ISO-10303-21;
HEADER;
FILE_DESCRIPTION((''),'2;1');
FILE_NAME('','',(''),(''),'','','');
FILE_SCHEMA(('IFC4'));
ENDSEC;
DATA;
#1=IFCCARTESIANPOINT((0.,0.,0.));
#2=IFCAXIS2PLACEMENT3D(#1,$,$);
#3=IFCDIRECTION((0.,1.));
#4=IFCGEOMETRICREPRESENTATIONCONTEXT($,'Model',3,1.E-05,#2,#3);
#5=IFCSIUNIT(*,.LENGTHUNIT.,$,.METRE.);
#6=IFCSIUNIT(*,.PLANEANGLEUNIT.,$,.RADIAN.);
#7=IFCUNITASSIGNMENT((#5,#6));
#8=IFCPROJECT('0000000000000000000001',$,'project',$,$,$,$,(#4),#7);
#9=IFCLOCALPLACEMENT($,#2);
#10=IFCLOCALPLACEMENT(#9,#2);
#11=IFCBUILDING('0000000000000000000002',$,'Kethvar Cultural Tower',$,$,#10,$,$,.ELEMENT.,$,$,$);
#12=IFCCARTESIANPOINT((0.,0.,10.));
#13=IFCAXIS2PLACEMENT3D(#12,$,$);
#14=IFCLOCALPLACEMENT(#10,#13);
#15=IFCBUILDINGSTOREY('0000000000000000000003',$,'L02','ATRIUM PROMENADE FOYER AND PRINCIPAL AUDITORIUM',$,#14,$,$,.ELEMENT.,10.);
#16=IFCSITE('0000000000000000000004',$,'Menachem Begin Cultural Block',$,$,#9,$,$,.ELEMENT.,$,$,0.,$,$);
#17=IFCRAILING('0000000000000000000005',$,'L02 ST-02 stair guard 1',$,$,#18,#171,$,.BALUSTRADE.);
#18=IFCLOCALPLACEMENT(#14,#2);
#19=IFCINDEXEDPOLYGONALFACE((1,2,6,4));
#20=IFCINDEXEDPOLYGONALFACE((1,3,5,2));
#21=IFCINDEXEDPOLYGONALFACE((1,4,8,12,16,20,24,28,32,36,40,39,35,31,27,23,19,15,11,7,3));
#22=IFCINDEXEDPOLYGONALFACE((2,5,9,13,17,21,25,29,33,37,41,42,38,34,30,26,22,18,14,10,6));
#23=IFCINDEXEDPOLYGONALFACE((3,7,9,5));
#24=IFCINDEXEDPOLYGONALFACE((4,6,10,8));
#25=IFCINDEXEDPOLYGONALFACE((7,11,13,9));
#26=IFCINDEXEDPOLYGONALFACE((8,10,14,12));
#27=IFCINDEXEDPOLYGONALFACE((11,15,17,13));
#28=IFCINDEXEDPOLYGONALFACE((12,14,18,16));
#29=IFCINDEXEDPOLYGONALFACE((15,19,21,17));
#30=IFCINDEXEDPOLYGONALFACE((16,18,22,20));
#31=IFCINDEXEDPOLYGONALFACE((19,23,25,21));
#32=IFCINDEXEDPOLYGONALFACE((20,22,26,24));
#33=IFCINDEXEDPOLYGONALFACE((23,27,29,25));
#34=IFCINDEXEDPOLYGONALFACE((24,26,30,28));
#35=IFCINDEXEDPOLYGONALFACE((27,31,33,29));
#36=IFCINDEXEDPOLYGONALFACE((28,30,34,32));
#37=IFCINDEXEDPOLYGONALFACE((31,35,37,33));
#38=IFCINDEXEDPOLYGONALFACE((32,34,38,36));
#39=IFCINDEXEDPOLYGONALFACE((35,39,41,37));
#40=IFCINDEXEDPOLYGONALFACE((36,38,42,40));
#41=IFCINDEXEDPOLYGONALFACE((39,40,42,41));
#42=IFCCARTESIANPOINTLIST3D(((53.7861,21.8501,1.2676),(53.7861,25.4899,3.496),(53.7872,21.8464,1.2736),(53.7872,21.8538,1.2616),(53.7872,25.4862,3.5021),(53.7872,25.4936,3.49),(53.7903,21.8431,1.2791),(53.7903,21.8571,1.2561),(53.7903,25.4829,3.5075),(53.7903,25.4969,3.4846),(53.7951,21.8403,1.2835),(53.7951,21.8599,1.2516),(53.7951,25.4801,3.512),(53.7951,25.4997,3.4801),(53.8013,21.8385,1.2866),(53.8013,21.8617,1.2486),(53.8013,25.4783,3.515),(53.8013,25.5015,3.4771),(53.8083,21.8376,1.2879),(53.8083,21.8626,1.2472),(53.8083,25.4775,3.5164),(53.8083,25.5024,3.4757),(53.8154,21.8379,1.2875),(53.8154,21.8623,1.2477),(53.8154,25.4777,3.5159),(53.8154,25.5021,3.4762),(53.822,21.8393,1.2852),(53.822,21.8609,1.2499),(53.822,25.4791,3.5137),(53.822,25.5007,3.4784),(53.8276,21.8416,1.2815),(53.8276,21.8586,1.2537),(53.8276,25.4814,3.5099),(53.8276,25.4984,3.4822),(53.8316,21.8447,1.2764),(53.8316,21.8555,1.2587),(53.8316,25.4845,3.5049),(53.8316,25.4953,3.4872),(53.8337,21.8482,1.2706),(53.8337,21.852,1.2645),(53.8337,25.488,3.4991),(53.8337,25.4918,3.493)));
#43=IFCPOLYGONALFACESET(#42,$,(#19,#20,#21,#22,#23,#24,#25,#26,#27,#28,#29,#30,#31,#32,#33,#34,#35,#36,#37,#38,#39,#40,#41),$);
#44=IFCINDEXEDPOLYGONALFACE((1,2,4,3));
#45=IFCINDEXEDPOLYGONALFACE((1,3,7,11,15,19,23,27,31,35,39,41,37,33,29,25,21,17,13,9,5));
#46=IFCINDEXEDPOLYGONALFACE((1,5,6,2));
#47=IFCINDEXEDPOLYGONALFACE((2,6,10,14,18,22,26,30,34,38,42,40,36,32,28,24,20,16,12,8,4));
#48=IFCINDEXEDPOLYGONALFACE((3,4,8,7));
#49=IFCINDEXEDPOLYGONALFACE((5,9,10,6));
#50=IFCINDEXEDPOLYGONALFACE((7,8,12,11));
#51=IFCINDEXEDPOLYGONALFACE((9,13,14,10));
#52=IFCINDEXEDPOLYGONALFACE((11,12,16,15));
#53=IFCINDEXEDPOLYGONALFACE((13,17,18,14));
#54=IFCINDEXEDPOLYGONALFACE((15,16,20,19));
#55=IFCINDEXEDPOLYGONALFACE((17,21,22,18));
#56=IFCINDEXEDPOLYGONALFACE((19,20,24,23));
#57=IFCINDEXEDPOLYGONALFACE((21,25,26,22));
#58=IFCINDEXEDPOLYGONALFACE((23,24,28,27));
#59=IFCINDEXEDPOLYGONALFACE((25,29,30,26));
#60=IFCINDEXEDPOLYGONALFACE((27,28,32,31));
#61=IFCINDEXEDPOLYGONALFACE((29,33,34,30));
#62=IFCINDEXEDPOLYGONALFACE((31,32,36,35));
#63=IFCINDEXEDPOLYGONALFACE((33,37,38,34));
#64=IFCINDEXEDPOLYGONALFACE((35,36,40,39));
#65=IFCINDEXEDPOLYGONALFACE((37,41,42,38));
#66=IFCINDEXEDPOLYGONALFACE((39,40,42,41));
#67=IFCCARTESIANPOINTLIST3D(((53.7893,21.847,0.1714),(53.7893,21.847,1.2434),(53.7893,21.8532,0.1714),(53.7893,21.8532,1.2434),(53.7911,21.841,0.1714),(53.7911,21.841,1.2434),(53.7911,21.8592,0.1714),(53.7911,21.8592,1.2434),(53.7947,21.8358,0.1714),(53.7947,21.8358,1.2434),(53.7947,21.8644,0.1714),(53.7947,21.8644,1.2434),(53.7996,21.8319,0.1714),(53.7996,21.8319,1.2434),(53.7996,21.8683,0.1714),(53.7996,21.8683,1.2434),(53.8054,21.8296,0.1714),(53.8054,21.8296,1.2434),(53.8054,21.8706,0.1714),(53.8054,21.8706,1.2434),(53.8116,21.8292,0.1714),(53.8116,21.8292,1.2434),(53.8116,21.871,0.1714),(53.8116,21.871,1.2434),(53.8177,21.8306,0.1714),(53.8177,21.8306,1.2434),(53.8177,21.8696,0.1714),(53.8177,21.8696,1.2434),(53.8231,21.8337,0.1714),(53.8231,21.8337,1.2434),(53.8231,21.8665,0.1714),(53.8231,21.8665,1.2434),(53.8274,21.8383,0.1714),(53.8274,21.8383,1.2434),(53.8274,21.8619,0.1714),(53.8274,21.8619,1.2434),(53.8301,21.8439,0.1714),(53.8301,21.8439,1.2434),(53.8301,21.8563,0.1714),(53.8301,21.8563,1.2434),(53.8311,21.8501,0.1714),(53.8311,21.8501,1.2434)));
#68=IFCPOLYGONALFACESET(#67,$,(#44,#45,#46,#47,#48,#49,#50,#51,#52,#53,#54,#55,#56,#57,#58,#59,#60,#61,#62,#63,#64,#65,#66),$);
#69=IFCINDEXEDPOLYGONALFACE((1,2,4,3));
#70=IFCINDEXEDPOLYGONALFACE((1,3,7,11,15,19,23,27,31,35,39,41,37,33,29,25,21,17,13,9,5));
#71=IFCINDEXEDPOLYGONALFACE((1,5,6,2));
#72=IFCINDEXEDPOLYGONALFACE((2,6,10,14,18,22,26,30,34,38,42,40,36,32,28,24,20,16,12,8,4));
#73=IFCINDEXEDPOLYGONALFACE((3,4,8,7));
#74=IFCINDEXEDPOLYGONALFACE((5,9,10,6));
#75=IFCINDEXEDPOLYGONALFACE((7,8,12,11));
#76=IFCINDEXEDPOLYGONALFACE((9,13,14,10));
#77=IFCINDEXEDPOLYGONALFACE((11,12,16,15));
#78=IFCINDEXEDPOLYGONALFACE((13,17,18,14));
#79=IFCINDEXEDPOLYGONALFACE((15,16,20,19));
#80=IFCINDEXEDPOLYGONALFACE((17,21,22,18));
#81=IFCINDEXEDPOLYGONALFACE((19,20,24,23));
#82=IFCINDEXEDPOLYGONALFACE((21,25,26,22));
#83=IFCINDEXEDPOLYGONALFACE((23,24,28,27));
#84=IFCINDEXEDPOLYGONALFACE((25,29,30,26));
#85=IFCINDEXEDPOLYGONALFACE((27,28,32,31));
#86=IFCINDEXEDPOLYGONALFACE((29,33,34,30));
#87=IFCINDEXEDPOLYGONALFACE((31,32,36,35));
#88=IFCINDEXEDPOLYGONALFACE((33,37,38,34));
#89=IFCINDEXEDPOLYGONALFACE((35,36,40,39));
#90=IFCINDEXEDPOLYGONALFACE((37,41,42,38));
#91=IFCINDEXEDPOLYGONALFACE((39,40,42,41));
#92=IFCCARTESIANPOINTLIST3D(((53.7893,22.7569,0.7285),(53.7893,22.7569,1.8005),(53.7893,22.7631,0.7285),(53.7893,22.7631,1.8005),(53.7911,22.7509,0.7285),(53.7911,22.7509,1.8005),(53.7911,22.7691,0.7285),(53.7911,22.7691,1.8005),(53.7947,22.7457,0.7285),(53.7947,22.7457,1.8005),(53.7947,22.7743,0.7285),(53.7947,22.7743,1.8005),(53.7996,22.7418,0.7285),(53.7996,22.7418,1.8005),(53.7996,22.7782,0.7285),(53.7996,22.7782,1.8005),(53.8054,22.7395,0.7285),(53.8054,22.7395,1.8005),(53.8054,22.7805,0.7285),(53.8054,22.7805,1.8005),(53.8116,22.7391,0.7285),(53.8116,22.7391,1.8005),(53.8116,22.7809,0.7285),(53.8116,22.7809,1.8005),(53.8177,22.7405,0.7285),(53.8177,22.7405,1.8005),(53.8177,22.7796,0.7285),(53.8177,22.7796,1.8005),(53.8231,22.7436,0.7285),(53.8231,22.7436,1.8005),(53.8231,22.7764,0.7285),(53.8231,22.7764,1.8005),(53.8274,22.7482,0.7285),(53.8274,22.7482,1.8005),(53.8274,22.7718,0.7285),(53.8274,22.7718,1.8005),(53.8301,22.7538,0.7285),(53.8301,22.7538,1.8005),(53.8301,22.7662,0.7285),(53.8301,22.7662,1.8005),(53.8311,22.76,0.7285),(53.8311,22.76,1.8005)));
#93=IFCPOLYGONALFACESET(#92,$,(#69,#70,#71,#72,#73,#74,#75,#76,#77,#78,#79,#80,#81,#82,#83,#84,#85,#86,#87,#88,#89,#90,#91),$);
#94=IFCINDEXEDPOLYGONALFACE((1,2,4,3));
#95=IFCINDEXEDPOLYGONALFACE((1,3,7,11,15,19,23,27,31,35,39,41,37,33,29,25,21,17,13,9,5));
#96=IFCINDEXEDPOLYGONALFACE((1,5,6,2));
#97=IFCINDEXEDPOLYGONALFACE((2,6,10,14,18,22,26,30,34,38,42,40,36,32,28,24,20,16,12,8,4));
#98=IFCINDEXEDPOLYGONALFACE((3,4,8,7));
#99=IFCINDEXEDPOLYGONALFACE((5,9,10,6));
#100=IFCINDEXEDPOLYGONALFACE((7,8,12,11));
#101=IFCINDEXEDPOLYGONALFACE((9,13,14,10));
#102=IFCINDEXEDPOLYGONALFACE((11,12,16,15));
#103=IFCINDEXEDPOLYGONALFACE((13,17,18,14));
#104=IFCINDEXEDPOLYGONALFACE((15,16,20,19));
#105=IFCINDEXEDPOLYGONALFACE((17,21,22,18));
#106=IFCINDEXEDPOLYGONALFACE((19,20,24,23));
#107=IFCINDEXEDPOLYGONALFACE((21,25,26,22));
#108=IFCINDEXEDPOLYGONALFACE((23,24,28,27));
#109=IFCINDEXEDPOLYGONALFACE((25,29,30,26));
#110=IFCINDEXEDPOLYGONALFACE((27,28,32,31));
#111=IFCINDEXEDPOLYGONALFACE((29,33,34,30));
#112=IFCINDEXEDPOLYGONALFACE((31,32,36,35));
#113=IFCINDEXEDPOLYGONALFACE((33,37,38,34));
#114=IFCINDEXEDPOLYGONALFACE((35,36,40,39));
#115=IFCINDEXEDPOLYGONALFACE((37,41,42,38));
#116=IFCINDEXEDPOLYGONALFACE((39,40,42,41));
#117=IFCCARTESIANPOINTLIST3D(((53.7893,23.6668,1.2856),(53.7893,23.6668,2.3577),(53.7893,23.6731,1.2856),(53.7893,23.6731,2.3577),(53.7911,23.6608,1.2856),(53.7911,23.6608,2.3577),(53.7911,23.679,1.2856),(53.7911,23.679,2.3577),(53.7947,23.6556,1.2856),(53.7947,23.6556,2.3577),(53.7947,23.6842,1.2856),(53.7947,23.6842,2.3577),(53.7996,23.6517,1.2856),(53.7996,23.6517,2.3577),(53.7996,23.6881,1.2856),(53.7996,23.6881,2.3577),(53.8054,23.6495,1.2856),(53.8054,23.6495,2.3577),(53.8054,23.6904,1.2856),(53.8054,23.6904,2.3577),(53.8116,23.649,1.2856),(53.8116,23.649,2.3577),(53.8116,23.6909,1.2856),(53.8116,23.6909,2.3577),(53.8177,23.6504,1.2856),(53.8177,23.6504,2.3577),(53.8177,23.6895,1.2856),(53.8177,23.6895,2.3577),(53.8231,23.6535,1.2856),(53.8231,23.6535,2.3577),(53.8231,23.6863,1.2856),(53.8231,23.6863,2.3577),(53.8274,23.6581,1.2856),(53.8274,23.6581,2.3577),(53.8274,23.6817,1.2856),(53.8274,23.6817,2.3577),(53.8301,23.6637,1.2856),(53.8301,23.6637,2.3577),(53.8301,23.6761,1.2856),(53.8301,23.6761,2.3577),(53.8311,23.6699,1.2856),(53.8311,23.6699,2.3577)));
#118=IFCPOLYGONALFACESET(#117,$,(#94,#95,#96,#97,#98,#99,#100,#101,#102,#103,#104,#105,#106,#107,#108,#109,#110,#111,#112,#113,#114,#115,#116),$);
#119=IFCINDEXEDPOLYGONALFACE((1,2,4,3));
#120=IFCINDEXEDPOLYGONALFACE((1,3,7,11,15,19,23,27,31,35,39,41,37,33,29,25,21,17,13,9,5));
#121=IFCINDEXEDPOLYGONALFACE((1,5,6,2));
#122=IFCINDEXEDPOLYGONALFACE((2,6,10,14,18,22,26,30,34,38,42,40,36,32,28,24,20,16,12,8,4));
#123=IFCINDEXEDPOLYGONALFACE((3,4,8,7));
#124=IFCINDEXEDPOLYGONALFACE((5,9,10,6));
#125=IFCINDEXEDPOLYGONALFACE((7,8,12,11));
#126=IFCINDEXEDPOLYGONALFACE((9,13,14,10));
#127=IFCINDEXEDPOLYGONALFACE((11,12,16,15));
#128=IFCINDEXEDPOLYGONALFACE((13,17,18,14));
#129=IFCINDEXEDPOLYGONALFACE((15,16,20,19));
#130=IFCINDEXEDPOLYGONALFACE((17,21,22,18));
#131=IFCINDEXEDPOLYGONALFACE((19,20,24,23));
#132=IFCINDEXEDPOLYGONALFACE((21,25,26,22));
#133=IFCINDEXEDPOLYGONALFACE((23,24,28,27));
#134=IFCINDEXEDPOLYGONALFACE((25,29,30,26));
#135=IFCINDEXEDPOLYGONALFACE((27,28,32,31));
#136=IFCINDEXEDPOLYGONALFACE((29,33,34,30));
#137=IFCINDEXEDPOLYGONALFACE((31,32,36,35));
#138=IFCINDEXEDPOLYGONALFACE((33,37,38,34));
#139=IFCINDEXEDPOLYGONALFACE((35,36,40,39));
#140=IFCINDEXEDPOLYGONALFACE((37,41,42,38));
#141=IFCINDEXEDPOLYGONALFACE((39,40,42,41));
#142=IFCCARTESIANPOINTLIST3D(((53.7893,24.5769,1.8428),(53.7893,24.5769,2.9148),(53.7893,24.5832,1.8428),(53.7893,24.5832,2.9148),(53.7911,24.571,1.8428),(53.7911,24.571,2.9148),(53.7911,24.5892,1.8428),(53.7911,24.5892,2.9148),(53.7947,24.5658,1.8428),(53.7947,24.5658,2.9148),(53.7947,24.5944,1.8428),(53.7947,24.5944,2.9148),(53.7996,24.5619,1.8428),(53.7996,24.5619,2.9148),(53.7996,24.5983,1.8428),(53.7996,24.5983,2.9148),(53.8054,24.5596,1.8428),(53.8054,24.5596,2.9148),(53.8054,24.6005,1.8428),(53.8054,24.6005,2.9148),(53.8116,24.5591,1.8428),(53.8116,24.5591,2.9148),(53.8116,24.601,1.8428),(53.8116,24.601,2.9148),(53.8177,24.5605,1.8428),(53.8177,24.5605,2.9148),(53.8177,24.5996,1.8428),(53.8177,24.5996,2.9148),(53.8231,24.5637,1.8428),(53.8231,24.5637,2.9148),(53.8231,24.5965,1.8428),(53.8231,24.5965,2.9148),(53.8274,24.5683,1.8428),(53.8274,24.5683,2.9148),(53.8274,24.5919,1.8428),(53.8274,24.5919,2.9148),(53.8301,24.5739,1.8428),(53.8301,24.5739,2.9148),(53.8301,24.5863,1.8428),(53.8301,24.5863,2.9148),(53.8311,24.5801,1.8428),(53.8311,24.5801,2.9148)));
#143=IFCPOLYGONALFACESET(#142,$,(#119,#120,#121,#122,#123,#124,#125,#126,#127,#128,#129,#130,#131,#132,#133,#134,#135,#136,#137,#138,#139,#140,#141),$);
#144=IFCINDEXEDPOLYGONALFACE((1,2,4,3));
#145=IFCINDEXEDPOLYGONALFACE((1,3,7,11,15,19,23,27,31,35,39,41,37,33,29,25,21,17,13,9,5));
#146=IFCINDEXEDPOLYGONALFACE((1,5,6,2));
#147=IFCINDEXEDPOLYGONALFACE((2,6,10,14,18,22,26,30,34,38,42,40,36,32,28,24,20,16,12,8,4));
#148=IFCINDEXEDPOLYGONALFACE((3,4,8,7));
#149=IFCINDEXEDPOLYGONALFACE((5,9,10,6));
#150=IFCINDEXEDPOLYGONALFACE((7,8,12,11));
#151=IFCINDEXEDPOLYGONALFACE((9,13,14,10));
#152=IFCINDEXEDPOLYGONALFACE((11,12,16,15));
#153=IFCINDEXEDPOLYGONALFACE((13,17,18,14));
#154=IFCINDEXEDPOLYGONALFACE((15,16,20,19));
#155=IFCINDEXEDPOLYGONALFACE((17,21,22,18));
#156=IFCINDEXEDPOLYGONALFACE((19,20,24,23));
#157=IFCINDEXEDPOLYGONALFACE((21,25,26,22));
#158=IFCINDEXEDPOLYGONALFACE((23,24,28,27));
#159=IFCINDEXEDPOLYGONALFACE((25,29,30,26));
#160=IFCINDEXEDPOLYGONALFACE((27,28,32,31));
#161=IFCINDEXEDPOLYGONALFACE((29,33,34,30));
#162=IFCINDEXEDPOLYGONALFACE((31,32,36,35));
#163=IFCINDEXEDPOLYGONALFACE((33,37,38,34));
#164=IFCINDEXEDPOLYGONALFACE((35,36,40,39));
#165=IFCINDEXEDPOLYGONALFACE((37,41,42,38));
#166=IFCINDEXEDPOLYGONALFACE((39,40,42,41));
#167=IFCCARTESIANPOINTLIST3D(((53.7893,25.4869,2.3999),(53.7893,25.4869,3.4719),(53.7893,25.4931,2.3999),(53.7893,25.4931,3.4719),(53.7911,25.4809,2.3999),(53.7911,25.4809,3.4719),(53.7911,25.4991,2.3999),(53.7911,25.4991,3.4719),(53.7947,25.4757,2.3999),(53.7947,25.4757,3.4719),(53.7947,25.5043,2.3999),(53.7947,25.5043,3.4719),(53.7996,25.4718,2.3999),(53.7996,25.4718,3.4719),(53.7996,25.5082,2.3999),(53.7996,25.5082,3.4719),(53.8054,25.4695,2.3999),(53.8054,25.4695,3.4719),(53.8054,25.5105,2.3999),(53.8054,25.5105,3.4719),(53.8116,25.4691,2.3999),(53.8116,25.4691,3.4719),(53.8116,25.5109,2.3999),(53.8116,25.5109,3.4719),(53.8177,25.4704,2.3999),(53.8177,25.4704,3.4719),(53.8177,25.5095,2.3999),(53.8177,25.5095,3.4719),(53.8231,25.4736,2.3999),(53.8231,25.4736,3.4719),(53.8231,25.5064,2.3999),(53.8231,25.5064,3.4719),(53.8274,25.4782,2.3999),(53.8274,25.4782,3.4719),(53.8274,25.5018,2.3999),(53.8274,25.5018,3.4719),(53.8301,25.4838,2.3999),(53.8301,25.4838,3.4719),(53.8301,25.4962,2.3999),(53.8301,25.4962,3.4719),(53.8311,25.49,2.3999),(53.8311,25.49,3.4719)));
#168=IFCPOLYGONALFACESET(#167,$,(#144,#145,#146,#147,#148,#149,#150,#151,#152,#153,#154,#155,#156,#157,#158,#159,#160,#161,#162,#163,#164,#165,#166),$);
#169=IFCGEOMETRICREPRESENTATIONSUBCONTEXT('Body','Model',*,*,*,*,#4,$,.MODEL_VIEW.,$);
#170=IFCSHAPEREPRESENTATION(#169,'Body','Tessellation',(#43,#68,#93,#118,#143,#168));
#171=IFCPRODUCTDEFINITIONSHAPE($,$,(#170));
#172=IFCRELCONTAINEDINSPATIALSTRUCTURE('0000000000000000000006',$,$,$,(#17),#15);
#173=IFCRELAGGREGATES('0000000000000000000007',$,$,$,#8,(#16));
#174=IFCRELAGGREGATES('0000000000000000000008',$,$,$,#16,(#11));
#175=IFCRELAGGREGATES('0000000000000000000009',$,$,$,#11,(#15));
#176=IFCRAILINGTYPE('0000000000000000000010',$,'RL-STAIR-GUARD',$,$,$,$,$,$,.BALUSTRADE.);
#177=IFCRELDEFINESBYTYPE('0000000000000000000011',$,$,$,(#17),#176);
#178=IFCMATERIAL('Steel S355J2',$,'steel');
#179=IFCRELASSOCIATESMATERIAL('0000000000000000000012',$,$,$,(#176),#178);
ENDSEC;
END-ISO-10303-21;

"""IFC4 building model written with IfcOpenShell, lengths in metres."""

from ifc_helpers import new_model, si_unit, direction, frame, origin, origin_2d, place, context, subcontext, project, spatial, circle, extrude, material, type_object, element, save


model = new_model("IFC4")

# Units and contexts
model_context = context("Model", 3, precision=1e-05, world=origin(), true_north=direction((0.0, 1.0)))
body_context = subcontext(model_context, "Body", "Model", "MODEL_VIEW")
ifc_project = project(units=[si_unit("LENGTHUNIT", "METRE"), si_unit("PLANEANGLEUNIT", "RADIAN")], contexts=[model_context])

# Site, building, storey
site_placement = place(None, origin())
site = spatial("IfcSite", under=ifc_project, at=site_placement, Name="Menachem Begin Cultural Block", CompositionType="ELEMENT", RefElevation=0.0)
building_placement = place(site_placement, origin())
building = spatial("IfcBuilding", under=site, at=building_placement, Name="Kethvar Cultural Tower", CompositionType="ELEMENT")
storey_placement = place(building_placement, frame((0.0, 0.0, 10.0)))
storey = spatial("IfcBuildingStorey", under=building, at=storey_placement, Name="L02", Description="ATRIUM PROMENADE FOYER AND PRINCIPAL AUDITORIUM", CompositionType="ELEMENT", Elevation=10.0)

# Shared definitions
ifc_material_1 = material(Name="Steel S355J2", Category="steel")

# Railing
railing_type_1 = type_object("IfcRailingType", Name="RL-STAIR-GUARD", PredefinedType="BALUSTRADE", material=ifc_material_1)
railing_1_placement = place(storey_placement, frame((53.8101, 21.8501, 0.1714)))
element("IfcRailing", 1, at=railing_1_placement, inside=storey, type_object=railing_type_1, Name="L02 ST-02 stair guard 1", PredefinedType="BALUSTRADE", context=body_context, shape_type="SweptSolid", body=[
    extrude(circle(Radius=0.0239, at=origin_2d()), frame((0.0, 0.0, 1.0962), z_axis=(0.0, 0.85285, 0.522156), x_axis=(-1.0, 0.0, 0.0)), (0.0, 0.0, 1.0), 4.2678),
    extrude(circle(Radius=0.021, at=origin_2d()), origin(), (0.0, 0.0, 1.0), 1.072),
    extrude(circle(Radius=0.021, at=origin_2d()), frame((0.0, 0.9099, 0.5571)), (0.0, 0.0, 1.0), 1.072),
    extrude(circle(Radius=0.021, at=origin_2d()), frame((0.0, 1.8198, 1.1143)), (0.0, 0.0, 1.0), 1.072),
    extrude(circle(Radius=0.021, at=origin_2d()), frame((0.0, 2.73, 1.6714)), (0.0, 0.0, 1.0), 1.072),
    extrude(circle(Radius=0.021, at=origin_2d()), frame((0.0, 3.6399, 2.2285)), (0.0, 0.0, 1.0), 1.072),
])

save(model, "model.ifc")
